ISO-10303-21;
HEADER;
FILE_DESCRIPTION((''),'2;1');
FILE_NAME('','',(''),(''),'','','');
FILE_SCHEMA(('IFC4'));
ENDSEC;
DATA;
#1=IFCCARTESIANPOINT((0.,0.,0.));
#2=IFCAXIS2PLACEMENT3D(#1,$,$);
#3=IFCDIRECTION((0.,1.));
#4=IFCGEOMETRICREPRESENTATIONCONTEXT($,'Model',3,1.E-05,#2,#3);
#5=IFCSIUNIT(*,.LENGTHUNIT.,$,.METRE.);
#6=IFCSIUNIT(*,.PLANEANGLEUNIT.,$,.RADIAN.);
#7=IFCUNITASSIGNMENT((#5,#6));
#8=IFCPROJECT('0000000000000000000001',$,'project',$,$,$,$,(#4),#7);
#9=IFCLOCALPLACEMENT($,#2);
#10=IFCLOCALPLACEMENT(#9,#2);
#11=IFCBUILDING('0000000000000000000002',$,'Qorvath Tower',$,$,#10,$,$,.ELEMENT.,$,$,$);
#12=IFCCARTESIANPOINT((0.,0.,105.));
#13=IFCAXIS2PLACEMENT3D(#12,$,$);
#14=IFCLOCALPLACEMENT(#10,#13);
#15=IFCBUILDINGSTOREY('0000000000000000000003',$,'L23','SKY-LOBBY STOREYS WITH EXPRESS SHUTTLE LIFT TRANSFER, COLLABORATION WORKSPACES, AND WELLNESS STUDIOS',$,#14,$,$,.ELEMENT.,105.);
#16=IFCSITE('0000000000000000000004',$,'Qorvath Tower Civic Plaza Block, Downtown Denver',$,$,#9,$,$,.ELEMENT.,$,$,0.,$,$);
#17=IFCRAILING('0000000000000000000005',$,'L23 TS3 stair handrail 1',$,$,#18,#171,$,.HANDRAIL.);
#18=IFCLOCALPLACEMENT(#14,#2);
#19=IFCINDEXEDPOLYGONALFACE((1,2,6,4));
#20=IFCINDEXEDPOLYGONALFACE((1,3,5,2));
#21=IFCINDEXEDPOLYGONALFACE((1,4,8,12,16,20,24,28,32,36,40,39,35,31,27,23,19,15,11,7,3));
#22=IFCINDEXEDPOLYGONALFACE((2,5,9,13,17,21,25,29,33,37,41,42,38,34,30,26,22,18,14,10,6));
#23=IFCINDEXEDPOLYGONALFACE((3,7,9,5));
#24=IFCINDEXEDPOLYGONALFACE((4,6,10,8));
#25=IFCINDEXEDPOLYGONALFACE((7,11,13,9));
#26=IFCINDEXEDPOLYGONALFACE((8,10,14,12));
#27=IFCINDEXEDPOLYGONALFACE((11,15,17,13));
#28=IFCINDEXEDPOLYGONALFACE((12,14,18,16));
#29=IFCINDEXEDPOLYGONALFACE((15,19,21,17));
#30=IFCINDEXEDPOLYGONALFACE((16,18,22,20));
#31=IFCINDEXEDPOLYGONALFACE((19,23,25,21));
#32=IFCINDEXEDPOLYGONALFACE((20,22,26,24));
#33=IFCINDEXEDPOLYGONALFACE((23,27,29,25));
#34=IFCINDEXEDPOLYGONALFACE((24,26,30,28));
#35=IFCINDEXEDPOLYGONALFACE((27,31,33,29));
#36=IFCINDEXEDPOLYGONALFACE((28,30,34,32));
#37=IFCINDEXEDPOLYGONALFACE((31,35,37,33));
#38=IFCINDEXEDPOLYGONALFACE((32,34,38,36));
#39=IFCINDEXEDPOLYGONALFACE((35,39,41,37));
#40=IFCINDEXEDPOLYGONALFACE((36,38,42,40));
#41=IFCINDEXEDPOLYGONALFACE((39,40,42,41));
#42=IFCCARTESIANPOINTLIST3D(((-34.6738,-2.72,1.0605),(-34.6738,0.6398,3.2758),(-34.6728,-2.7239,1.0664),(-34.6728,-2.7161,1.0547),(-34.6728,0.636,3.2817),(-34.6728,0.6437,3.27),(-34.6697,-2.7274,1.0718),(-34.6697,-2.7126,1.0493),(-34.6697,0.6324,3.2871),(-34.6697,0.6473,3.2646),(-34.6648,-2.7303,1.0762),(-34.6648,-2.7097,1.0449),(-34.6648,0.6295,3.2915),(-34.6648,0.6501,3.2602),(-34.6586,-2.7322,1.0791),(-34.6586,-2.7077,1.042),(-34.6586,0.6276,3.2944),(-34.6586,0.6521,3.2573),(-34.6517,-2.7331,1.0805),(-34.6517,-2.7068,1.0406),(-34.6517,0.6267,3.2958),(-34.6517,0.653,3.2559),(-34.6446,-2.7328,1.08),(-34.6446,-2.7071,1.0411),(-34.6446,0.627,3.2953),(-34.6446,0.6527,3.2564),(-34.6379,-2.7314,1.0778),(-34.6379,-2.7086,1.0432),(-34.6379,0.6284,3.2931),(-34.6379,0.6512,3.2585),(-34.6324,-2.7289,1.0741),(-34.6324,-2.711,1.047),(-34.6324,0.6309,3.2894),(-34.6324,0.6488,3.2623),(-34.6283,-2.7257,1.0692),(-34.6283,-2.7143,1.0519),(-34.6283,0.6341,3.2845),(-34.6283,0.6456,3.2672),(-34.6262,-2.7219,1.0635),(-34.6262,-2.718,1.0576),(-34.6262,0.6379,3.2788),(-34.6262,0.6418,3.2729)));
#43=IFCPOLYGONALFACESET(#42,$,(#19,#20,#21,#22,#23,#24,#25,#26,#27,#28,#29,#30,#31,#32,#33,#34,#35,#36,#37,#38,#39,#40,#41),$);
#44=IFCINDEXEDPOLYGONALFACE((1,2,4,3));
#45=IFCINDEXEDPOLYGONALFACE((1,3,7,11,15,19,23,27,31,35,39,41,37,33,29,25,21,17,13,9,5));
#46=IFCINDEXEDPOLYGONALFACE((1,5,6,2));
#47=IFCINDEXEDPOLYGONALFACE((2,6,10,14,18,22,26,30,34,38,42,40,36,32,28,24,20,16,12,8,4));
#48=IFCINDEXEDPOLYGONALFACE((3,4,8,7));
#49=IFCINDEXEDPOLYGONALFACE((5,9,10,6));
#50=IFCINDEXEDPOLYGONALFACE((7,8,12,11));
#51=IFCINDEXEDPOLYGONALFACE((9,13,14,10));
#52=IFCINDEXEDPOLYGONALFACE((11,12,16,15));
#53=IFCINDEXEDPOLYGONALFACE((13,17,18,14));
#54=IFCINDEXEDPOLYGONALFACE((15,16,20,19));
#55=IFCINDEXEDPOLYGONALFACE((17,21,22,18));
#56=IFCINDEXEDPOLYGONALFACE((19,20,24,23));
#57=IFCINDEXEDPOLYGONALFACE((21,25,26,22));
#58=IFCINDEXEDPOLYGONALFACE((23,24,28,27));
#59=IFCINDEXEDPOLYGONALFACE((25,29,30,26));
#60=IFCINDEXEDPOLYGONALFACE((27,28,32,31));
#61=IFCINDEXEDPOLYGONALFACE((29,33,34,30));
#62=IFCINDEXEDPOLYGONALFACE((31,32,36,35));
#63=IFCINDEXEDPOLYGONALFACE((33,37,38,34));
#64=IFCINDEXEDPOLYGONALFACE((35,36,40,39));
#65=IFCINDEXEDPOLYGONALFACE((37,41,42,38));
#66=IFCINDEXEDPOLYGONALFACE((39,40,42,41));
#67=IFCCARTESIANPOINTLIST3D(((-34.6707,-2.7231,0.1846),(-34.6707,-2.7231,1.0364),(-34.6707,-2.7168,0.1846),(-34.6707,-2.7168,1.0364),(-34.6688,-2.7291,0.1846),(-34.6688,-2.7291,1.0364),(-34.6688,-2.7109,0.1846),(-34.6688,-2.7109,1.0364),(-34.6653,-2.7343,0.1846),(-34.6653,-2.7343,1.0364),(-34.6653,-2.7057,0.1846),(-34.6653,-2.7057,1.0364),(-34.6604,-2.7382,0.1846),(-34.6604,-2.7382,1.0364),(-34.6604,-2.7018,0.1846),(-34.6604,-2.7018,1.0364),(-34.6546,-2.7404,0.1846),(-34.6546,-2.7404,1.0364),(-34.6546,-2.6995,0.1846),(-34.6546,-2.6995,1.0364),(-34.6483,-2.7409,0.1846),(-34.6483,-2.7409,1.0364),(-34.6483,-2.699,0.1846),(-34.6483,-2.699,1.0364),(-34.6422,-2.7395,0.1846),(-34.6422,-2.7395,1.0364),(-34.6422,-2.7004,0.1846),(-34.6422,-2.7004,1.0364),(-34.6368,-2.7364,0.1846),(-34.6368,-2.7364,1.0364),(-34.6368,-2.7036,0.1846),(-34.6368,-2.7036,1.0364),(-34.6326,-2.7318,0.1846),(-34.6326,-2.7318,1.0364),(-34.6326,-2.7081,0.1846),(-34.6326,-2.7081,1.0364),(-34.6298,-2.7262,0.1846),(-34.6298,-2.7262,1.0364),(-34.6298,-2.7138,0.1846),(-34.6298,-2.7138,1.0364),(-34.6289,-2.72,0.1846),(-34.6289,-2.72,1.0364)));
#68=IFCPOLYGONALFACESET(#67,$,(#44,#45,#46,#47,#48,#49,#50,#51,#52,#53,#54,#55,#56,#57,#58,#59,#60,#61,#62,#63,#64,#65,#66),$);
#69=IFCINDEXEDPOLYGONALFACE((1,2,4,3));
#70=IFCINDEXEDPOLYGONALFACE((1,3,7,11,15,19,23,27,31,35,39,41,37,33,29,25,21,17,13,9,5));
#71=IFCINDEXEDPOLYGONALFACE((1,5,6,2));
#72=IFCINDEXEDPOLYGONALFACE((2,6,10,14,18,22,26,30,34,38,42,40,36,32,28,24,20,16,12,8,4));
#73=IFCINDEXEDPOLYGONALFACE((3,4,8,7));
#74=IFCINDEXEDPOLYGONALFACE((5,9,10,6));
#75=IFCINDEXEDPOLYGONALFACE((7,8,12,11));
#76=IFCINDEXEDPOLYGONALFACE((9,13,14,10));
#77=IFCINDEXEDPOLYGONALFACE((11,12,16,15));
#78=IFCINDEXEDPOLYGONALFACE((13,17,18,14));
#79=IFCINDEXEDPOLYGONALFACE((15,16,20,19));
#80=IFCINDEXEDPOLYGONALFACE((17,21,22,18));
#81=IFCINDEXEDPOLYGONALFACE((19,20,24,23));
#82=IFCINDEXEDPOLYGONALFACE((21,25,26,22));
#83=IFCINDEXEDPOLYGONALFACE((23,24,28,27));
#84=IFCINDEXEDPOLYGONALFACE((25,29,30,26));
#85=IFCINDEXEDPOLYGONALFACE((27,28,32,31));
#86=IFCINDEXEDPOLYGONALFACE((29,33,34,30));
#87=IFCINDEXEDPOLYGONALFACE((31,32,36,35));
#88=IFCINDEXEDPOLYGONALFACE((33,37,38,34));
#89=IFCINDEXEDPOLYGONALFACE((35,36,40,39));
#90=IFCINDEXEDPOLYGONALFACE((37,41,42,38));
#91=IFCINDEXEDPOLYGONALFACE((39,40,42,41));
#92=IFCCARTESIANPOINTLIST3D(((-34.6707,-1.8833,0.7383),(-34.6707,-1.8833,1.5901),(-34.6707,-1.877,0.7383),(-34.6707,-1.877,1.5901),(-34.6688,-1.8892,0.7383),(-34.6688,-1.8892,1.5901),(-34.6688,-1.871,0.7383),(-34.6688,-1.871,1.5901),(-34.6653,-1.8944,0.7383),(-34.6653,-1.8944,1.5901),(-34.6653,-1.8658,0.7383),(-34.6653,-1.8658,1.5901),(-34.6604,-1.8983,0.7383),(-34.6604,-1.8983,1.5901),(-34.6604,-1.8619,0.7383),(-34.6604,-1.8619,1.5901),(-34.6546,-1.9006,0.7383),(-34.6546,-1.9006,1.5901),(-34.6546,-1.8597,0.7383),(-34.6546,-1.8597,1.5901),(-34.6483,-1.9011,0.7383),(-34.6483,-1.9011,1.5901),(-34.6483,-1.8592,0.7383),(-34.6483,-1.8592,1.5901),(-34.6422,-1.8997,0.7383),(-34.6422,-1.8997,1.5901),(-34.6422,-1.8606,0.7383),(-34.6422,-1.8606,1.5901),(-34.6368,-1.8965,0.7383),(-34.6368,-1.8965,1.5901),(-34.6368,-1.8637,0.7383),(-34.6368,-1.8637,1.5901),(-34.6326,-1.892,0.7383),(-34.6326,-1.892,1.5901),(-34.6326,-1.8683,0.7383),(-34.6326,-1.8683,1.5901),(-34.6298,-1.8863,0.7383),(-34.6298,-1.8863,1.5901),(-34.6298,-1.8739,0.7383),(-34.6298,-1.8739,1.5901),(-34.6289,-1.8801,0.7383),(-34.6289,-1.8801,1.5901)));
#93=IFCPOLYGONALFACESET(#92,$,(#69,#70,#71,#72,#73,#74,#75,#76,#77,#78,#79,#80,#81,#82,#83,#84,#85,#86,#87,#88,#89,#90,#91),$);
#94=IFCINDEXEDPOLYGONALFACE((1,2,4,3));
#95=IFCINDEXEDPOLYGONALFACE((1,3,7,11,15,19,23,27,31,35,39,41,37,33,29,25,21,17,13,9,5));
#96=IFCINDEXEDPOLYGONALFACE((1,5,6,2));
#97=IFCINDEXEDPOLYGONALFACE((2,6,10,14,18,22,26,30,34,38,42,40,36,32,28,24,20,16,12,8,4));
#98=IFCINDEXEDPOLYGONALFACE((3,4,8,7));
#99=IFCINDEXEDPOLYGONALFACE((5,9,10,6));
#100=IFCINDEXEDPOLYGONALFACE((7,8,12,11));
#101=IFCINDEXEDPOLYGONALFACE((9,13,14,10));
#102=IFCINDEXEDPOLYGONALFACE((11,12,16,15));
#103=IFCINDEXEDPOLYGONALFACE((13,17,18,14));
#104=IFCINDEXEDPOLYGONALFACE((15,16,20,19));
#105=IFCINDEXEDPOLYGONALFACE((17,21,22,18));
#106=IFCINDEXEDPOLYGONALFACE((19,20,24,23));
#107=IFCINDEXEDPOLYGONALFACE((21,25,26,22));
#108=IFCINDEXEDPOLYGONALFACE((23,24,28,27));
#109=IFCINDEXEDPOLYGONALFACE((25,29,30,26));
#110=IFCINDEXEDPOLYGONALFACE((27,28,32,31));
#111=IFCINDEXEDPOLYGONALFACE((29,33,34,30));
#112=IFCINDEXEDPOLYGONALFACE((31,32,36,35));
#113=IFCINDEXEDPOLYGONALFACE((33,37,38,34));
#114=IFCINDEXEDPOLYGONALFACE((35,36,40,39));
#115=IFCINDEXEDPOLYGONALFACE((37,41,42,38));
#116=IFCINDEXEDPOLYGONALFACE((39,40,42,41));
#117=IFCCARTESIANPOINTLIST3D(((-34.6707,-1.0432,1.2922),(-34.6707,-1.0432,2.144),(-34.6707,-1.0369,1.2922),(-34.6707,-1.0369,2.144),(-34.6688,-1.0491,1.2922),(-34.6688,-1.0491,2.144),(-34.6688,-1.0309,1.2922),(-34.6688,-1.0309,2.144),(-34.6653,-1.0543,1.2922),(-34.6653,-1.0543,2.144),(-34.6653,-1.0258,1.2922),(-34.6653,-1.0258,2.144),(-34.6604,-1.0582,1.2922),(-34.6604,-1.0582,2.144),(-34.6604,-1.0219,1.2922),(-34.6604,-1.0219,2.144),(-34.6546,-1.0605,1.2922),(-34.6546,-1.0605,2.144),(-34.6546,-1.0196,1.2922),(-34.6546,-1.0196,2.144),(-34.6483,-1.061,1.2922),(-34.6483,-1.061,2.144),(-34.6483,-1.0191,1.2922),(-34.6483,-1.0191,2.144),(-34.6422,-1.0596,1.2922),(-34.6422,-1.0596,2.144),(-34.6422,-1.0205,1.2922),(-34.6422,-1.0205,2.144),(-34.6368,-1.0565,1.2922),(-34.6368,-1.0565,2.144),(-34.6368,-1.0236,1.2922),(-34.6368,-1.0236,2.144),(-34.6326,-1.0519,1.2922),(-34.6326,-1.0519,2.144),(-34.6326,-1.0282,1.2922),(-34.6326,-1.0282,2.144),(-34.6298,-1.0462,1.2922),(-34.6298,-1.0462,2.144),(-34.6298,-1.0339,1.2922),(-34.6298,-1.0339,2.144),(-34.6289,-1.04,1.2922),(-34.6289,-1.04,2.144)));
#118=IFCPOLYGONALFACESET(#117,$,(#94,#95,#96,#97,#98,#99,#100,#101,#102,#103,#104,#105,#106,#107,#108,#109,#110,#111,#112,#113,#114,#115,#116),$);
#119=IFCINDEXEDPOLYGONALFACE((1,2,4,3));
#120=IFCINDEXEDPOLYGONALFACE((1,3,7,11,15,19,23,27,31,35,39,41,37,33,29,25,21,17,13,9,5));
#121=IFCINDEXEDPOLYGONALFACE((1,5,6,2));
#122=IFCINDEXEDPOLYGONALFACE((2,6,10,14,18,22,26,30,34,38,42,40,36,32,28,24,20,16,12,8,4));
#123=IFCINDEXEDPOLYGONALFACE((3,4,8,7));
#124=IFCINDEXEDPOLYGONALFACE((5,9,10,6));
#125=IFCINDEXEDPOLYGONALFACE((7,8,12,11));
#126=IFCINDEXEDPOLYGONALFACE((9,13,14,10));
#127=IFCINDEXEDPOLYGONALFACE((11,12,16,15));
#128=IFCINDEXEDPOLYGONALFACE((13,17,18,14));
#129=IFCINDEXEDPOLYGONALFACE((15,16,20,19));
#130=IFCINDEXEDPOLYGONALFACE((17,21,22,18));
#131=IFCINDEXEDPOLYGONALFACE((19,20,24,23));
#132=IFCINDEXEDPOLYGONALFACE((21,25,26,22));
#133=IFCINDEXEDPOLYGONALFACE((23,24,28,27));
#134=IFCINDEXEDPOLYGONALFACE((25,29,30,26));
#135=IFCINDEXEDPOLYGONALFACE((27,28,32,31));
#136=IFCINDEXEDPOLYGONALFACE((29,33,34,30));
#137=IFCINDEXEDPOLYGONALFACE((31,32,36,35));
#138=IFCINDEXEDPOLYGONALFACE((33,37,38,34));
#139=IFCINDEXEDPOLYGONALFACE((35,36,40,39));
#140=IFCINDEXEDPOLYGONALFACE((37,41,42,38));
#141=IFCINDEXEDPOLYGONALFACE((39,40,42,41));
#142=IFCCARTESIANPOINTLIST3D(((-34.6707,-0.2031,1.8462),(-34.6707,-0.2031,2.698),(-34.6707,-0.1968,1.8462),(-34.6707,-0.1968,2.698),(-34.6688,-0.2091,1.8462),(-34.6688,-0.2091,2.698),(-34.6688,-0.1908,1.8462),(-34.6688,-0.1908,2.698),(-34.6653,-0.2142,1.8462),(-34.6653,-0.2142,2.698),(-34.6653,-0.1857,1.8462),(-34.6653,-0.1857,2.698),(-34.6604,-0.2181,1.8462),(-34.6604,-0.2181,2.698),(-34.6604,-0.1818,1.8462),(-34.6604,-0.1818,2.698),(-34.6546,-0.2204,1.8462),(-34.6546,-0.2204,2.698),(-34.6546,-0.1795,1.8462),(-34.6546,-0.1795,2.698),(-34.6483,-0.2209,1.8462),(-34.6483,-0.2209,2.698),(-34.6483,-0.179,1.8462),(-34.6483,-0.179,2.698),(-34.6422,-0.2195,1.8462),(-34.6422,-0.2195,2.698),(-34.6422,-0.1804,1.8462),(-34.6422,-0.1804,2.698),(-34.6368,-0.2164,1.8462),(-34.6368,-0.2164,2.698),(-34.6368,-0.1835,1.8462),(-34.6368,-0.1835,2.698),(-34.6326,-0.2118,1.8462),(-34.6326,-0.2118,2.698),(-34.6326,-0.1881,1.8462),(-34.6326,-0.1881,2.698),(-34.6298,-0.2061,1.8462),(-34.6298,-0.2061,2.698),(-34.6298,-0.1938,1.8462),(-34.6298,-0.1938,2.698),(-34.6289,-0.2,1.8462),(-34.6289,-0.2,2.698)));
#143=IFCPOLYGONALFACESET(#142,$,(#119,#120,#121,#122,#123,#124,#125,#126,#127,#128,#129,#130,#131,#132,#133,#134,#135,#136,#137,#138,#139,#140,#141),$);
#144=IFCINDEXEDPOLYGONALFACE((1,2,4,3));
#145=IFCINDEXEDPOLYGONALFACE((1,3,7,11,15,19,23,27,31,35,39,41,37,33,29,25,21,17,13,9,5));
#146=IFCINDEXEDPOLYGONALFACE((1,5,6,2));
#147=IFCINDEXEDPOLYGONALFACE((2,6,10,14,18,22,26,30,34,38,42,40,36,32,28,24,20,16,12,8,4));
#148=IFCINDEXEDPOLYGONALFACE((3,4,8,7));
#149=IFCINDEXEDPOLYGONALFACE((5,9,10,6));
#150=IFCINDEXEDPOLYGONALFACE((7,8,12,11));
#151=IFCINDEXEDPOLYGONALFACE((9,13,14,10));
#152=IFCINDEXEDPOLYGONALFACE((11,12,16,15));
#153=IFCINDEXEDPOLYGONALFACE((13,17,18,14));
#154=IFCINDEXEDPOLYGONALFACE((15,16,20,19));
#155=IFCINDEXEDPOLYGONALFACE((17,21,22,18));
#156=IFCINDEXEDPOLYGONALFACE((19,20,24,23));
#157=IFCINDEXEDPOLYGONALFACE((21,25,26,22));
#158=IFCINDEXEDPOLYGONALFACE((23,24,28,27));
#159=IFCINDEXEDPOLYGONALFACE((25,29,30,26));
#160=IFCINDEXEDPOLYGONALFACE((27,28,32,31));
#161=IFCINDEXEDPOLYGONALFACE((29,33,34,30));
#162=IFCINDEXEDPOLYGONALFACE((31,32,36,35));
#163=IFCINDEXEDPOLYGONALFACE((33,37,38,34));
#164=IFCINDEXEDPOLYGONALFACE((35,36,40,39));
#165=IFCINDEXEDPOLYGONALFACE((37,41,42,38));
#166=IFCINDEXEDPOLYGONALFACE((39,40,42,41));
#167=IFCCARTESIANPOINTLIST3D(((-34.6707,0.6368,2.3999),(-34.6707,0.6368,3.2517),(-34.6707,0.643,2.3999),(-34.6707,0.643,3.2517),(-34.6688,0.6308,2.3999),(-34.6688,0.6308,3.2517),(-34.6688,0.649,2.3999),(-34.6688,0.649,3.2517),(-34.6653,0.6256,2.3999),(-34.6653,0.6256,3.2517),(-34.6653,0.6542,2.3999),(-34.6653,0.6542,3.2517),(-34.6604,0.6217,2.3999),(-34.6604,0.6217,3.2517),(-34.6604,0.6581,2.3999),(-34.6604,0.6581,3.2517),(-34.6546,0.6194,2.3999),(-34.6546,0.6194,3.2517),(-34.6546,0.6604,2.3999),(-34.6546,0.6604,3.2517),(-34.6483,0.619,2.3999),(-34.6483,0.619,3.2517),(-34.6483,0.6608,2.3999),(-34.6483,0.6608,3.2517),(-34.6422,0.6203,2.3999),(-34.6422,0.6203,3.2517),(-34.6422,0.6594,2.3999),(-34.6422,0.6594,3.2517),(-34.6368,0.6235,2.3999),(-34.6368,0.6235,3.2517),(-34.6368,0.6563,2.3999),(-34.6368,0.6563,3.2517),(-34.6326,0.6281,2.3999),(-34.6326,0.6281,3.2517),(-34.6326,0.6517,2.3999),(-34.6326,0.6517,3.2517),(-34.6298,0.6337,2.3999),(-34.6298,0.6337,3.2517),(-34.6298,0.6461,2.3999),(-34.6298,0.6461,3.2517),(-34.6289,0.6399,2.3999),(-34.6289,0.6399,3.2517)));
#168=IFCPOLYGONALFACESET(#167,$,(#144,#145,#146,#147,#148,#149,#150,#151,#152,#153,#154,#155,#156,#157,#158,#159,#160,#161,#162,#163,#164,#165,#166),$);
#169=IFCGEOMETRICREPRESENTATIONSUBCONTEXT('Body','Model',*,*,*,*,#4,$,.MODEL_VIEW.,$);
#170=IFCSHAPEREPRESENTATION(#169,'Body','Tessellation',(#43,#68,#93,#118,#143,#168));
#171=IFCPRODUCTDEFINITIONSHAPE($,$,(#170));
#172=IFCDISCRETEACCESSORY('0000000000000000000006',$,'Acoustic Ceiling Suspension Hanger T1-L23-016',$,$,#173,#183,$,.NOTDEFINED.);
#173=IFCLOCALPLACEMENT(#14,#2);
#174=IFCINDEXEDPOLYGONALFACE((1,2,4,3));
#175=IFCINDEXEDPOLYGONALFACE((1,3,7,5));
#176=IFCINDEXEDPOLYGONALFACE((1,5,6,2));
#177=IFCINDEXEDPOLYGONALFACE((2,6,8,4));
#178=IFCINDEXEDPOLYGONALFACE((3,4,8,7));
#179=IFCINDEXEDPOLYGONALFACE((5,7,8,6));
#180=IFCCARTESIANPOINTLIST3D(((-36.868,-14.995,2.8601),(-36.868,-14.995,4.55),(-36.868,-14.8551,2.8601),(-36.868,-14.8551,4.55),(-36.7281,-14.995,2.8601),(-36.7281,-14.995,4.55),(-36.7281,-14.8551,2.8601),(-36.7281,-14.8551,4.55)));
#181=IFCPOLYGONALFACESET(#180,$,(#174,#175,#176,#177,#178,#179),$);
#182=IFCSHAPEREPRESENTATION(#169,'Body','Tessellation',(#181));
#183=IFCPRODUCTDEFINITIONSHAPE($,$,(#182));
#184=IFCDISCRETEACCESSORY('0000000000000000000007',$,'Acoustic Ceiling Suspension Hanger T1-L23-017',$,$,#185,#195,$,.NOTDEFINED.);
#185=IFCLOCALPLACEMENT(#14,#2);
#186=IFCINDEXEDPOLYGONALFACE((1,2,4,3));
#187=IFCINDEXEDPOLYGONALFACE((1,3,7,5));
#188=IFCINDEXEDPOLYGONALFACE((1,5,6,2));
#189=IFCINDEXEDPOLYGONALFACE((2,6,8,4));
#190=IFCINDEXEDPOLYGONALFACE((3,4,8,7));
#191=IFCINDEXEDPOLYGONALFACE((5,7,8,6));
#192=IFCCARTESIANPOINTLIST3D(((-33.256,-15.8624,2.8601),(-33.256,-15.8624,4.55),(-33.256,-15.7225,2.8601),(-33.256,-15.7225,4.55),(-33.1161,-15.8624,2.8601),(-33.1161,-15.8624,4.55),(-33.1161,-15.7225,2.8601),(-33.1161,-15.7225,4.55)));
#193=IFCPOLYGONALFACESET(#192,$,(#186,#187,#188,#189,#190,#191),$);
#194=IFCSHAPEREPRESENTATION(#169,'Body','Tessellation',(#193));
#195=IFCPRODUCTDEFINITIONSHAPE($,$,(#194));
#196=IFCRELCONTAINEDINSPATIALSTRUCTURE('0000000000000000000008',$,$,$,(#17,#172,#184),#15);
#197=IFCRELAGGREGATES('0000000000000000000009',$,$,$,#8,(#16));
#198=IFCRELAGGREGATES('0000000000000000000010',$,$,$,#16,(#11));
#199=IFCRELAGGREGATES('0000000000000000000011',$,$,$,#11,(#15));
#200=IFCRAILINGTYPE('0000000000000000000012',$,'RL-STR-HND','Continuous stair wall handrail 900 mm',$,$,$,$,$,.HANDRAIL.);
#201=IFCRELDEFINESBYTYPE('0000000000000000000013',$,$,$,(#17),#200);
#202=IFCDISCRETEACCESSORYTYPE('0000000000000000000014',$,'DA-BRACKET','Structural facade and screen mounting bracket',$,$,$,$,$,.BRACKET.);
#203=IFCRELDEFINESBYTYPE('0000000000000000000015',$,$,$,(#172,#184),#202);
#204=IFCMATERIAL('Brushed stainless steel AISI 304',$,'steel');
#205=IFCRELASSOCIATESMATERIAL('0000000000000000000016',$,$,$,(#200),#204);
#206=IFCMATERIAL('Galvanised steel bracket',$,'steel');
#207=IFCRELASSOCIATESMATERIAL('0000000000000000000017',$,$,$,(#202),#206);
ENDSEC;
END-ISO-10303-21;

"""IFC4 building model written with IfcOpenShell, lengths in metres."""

from ifc_helpers import new_model, si_unit, direction, frame, origin, origin_2d, place, context, subcontext, project, spatial, rectangle, circle, extrude, material, type_object, element, save


model = new_model("IFC4")

# Units and contexts
model_context = context("Model", 3, precision=1e-05, world=origin(), true_north=direction((0.0, 1.0)))
body_context = subcontext(model_context, "Body", "Model", "MODEL_VIEW")
ifc_project = project(units=[si_unit("LENGTHUNIT", "METRE"), si_unit("PLANEANGLEUNIT", "RADIAN")], contexts=[model_context])

# Site, building, storey
site_placement = place(None, origin())
site = spatial("IfcSite", under=ifc_project, at=site_placement, Name="Qorvath Tower Civic Plaza Block, Downtown Denver", CompositionType="ELEMENT", RefElevation=0.0)
building_placement = place(site_placement, origin())
building = spatial("IfcBuilding", under=site, at=building_placement, Name="Qorvath Tower", CompositionType="ELEMENT")
storey_placement = place(building_placement, frame((0.0, 0.0, 105.0)))
storey = spatial("IfcBuildingStorey", under=building, at=storey_placement, Name="L23", Description="SKY-LOBBY STOREYS WITH EXPRESS SHUTTLE LIFT TRANSFER, COLLABORATION WORKSPACES, AND WELLNESS STUDIOS", CompositionType="ELEMENT", Elevation=105.0)

# Railing
ifc_material_1 = material(Name="Brushed stainless steel AISI 304", Category="steel")
railing_type_1 = type_object("IfcRailingType", Name="RL-STR-HND", Description="Continuous stair wall handrail 900 mm", PredefinedType="HANDRAIL", material=ifc_material_1)
railing_1_placement = place(storey_placement, frame((-34.6499, -2.72, 0.1846)))
element("IfcRailing", 1, at=railing_1_placement, inside=storey, type_object=railing_type_1, Name="L23 TS3 stair handrail 1", PredefinedType="HANDRAIL", context=body_context, shape_type="SweptSolid", body=[
    extrude(circle(Radius=0.0239, at=origin_2d()), frame((0.0, 0.0, 0.876), z_axis=(0.0, 0.834858, 0.550465), x_axis=(-1.0, 0.0, 0.0)), (0.0, 0.0, 1.0), 4.0244),
    extrude(circle(Radius=0.021, at=origin_2d()), origin(), (0.0, 0.0, 1.0), 0.8518),
    extrude(circle(Radius=0.021, at=origin_2d()), frame((0.0, 0.8398, 0.5537)), (0.0, 0.0, 1.0), 0.8518),
    extrude(circle(Radius=0.021, at=origin_2d()), frame((0.0, 1.6799, 1.1077)), (0.0, 0.0, 1.0), 0.8518),
    extrude(circle(Radius=0.021, at=origin_2d()), frame((0.0, 2.52, 1.6616)), (0.0, 0.0, 1.0), 0.8518),
    extrude(circle(Radius=0.021, at=origin_2d()), frame((0.0, 3.3599, 2.2153)), (0.0, 0.0, 1.0), 0.8518),
])

# Discrete accessories
ifc_material_2 = material(Name="Galvanised steel bracket", Category="steel")
discrete_accessory_type = type_object("IfcDiscreteAccessoryType", Name="DA-BRACKET", Description="Structural facade and screen mounting bracket", PredefinedType="BRACKET", material=ifc_material_2)
for number, where, z_axis, x_axis, name in (
    (2, (-36.7981, -14.925, 2.8601), (0.0, 0.0, 1.0), (1.0, 0.0, 0.0), "Acoustic Ceiling Suspension Hanger T1-L23-016"),
    (3, (-33.186, -15.7925, 2.8601), (0.0, 0.0, 1.0), (1.0, 0.0, 0.0), "Acoustic Ceiling Suspension Hanger T1-L23-017"),
):
    element("IfcDiscreteAccessory", number, at=place(storey_placement, frame(where, z_axis=z_axis, x_axis=x_axis)), inside=storey, type_object=discrete_accessory_type, Name=name, PredefinedType="NOTDEFINED", context=body_context, shape_type="SweptSolid", body=[
        extrude(rectangle(XDim=0.1399, YDim=0.1399, at=origin_2d()), origin(), (0.0, 0.0, 1.0), 1.6899),
    ])

save(model, "model.ifc")
